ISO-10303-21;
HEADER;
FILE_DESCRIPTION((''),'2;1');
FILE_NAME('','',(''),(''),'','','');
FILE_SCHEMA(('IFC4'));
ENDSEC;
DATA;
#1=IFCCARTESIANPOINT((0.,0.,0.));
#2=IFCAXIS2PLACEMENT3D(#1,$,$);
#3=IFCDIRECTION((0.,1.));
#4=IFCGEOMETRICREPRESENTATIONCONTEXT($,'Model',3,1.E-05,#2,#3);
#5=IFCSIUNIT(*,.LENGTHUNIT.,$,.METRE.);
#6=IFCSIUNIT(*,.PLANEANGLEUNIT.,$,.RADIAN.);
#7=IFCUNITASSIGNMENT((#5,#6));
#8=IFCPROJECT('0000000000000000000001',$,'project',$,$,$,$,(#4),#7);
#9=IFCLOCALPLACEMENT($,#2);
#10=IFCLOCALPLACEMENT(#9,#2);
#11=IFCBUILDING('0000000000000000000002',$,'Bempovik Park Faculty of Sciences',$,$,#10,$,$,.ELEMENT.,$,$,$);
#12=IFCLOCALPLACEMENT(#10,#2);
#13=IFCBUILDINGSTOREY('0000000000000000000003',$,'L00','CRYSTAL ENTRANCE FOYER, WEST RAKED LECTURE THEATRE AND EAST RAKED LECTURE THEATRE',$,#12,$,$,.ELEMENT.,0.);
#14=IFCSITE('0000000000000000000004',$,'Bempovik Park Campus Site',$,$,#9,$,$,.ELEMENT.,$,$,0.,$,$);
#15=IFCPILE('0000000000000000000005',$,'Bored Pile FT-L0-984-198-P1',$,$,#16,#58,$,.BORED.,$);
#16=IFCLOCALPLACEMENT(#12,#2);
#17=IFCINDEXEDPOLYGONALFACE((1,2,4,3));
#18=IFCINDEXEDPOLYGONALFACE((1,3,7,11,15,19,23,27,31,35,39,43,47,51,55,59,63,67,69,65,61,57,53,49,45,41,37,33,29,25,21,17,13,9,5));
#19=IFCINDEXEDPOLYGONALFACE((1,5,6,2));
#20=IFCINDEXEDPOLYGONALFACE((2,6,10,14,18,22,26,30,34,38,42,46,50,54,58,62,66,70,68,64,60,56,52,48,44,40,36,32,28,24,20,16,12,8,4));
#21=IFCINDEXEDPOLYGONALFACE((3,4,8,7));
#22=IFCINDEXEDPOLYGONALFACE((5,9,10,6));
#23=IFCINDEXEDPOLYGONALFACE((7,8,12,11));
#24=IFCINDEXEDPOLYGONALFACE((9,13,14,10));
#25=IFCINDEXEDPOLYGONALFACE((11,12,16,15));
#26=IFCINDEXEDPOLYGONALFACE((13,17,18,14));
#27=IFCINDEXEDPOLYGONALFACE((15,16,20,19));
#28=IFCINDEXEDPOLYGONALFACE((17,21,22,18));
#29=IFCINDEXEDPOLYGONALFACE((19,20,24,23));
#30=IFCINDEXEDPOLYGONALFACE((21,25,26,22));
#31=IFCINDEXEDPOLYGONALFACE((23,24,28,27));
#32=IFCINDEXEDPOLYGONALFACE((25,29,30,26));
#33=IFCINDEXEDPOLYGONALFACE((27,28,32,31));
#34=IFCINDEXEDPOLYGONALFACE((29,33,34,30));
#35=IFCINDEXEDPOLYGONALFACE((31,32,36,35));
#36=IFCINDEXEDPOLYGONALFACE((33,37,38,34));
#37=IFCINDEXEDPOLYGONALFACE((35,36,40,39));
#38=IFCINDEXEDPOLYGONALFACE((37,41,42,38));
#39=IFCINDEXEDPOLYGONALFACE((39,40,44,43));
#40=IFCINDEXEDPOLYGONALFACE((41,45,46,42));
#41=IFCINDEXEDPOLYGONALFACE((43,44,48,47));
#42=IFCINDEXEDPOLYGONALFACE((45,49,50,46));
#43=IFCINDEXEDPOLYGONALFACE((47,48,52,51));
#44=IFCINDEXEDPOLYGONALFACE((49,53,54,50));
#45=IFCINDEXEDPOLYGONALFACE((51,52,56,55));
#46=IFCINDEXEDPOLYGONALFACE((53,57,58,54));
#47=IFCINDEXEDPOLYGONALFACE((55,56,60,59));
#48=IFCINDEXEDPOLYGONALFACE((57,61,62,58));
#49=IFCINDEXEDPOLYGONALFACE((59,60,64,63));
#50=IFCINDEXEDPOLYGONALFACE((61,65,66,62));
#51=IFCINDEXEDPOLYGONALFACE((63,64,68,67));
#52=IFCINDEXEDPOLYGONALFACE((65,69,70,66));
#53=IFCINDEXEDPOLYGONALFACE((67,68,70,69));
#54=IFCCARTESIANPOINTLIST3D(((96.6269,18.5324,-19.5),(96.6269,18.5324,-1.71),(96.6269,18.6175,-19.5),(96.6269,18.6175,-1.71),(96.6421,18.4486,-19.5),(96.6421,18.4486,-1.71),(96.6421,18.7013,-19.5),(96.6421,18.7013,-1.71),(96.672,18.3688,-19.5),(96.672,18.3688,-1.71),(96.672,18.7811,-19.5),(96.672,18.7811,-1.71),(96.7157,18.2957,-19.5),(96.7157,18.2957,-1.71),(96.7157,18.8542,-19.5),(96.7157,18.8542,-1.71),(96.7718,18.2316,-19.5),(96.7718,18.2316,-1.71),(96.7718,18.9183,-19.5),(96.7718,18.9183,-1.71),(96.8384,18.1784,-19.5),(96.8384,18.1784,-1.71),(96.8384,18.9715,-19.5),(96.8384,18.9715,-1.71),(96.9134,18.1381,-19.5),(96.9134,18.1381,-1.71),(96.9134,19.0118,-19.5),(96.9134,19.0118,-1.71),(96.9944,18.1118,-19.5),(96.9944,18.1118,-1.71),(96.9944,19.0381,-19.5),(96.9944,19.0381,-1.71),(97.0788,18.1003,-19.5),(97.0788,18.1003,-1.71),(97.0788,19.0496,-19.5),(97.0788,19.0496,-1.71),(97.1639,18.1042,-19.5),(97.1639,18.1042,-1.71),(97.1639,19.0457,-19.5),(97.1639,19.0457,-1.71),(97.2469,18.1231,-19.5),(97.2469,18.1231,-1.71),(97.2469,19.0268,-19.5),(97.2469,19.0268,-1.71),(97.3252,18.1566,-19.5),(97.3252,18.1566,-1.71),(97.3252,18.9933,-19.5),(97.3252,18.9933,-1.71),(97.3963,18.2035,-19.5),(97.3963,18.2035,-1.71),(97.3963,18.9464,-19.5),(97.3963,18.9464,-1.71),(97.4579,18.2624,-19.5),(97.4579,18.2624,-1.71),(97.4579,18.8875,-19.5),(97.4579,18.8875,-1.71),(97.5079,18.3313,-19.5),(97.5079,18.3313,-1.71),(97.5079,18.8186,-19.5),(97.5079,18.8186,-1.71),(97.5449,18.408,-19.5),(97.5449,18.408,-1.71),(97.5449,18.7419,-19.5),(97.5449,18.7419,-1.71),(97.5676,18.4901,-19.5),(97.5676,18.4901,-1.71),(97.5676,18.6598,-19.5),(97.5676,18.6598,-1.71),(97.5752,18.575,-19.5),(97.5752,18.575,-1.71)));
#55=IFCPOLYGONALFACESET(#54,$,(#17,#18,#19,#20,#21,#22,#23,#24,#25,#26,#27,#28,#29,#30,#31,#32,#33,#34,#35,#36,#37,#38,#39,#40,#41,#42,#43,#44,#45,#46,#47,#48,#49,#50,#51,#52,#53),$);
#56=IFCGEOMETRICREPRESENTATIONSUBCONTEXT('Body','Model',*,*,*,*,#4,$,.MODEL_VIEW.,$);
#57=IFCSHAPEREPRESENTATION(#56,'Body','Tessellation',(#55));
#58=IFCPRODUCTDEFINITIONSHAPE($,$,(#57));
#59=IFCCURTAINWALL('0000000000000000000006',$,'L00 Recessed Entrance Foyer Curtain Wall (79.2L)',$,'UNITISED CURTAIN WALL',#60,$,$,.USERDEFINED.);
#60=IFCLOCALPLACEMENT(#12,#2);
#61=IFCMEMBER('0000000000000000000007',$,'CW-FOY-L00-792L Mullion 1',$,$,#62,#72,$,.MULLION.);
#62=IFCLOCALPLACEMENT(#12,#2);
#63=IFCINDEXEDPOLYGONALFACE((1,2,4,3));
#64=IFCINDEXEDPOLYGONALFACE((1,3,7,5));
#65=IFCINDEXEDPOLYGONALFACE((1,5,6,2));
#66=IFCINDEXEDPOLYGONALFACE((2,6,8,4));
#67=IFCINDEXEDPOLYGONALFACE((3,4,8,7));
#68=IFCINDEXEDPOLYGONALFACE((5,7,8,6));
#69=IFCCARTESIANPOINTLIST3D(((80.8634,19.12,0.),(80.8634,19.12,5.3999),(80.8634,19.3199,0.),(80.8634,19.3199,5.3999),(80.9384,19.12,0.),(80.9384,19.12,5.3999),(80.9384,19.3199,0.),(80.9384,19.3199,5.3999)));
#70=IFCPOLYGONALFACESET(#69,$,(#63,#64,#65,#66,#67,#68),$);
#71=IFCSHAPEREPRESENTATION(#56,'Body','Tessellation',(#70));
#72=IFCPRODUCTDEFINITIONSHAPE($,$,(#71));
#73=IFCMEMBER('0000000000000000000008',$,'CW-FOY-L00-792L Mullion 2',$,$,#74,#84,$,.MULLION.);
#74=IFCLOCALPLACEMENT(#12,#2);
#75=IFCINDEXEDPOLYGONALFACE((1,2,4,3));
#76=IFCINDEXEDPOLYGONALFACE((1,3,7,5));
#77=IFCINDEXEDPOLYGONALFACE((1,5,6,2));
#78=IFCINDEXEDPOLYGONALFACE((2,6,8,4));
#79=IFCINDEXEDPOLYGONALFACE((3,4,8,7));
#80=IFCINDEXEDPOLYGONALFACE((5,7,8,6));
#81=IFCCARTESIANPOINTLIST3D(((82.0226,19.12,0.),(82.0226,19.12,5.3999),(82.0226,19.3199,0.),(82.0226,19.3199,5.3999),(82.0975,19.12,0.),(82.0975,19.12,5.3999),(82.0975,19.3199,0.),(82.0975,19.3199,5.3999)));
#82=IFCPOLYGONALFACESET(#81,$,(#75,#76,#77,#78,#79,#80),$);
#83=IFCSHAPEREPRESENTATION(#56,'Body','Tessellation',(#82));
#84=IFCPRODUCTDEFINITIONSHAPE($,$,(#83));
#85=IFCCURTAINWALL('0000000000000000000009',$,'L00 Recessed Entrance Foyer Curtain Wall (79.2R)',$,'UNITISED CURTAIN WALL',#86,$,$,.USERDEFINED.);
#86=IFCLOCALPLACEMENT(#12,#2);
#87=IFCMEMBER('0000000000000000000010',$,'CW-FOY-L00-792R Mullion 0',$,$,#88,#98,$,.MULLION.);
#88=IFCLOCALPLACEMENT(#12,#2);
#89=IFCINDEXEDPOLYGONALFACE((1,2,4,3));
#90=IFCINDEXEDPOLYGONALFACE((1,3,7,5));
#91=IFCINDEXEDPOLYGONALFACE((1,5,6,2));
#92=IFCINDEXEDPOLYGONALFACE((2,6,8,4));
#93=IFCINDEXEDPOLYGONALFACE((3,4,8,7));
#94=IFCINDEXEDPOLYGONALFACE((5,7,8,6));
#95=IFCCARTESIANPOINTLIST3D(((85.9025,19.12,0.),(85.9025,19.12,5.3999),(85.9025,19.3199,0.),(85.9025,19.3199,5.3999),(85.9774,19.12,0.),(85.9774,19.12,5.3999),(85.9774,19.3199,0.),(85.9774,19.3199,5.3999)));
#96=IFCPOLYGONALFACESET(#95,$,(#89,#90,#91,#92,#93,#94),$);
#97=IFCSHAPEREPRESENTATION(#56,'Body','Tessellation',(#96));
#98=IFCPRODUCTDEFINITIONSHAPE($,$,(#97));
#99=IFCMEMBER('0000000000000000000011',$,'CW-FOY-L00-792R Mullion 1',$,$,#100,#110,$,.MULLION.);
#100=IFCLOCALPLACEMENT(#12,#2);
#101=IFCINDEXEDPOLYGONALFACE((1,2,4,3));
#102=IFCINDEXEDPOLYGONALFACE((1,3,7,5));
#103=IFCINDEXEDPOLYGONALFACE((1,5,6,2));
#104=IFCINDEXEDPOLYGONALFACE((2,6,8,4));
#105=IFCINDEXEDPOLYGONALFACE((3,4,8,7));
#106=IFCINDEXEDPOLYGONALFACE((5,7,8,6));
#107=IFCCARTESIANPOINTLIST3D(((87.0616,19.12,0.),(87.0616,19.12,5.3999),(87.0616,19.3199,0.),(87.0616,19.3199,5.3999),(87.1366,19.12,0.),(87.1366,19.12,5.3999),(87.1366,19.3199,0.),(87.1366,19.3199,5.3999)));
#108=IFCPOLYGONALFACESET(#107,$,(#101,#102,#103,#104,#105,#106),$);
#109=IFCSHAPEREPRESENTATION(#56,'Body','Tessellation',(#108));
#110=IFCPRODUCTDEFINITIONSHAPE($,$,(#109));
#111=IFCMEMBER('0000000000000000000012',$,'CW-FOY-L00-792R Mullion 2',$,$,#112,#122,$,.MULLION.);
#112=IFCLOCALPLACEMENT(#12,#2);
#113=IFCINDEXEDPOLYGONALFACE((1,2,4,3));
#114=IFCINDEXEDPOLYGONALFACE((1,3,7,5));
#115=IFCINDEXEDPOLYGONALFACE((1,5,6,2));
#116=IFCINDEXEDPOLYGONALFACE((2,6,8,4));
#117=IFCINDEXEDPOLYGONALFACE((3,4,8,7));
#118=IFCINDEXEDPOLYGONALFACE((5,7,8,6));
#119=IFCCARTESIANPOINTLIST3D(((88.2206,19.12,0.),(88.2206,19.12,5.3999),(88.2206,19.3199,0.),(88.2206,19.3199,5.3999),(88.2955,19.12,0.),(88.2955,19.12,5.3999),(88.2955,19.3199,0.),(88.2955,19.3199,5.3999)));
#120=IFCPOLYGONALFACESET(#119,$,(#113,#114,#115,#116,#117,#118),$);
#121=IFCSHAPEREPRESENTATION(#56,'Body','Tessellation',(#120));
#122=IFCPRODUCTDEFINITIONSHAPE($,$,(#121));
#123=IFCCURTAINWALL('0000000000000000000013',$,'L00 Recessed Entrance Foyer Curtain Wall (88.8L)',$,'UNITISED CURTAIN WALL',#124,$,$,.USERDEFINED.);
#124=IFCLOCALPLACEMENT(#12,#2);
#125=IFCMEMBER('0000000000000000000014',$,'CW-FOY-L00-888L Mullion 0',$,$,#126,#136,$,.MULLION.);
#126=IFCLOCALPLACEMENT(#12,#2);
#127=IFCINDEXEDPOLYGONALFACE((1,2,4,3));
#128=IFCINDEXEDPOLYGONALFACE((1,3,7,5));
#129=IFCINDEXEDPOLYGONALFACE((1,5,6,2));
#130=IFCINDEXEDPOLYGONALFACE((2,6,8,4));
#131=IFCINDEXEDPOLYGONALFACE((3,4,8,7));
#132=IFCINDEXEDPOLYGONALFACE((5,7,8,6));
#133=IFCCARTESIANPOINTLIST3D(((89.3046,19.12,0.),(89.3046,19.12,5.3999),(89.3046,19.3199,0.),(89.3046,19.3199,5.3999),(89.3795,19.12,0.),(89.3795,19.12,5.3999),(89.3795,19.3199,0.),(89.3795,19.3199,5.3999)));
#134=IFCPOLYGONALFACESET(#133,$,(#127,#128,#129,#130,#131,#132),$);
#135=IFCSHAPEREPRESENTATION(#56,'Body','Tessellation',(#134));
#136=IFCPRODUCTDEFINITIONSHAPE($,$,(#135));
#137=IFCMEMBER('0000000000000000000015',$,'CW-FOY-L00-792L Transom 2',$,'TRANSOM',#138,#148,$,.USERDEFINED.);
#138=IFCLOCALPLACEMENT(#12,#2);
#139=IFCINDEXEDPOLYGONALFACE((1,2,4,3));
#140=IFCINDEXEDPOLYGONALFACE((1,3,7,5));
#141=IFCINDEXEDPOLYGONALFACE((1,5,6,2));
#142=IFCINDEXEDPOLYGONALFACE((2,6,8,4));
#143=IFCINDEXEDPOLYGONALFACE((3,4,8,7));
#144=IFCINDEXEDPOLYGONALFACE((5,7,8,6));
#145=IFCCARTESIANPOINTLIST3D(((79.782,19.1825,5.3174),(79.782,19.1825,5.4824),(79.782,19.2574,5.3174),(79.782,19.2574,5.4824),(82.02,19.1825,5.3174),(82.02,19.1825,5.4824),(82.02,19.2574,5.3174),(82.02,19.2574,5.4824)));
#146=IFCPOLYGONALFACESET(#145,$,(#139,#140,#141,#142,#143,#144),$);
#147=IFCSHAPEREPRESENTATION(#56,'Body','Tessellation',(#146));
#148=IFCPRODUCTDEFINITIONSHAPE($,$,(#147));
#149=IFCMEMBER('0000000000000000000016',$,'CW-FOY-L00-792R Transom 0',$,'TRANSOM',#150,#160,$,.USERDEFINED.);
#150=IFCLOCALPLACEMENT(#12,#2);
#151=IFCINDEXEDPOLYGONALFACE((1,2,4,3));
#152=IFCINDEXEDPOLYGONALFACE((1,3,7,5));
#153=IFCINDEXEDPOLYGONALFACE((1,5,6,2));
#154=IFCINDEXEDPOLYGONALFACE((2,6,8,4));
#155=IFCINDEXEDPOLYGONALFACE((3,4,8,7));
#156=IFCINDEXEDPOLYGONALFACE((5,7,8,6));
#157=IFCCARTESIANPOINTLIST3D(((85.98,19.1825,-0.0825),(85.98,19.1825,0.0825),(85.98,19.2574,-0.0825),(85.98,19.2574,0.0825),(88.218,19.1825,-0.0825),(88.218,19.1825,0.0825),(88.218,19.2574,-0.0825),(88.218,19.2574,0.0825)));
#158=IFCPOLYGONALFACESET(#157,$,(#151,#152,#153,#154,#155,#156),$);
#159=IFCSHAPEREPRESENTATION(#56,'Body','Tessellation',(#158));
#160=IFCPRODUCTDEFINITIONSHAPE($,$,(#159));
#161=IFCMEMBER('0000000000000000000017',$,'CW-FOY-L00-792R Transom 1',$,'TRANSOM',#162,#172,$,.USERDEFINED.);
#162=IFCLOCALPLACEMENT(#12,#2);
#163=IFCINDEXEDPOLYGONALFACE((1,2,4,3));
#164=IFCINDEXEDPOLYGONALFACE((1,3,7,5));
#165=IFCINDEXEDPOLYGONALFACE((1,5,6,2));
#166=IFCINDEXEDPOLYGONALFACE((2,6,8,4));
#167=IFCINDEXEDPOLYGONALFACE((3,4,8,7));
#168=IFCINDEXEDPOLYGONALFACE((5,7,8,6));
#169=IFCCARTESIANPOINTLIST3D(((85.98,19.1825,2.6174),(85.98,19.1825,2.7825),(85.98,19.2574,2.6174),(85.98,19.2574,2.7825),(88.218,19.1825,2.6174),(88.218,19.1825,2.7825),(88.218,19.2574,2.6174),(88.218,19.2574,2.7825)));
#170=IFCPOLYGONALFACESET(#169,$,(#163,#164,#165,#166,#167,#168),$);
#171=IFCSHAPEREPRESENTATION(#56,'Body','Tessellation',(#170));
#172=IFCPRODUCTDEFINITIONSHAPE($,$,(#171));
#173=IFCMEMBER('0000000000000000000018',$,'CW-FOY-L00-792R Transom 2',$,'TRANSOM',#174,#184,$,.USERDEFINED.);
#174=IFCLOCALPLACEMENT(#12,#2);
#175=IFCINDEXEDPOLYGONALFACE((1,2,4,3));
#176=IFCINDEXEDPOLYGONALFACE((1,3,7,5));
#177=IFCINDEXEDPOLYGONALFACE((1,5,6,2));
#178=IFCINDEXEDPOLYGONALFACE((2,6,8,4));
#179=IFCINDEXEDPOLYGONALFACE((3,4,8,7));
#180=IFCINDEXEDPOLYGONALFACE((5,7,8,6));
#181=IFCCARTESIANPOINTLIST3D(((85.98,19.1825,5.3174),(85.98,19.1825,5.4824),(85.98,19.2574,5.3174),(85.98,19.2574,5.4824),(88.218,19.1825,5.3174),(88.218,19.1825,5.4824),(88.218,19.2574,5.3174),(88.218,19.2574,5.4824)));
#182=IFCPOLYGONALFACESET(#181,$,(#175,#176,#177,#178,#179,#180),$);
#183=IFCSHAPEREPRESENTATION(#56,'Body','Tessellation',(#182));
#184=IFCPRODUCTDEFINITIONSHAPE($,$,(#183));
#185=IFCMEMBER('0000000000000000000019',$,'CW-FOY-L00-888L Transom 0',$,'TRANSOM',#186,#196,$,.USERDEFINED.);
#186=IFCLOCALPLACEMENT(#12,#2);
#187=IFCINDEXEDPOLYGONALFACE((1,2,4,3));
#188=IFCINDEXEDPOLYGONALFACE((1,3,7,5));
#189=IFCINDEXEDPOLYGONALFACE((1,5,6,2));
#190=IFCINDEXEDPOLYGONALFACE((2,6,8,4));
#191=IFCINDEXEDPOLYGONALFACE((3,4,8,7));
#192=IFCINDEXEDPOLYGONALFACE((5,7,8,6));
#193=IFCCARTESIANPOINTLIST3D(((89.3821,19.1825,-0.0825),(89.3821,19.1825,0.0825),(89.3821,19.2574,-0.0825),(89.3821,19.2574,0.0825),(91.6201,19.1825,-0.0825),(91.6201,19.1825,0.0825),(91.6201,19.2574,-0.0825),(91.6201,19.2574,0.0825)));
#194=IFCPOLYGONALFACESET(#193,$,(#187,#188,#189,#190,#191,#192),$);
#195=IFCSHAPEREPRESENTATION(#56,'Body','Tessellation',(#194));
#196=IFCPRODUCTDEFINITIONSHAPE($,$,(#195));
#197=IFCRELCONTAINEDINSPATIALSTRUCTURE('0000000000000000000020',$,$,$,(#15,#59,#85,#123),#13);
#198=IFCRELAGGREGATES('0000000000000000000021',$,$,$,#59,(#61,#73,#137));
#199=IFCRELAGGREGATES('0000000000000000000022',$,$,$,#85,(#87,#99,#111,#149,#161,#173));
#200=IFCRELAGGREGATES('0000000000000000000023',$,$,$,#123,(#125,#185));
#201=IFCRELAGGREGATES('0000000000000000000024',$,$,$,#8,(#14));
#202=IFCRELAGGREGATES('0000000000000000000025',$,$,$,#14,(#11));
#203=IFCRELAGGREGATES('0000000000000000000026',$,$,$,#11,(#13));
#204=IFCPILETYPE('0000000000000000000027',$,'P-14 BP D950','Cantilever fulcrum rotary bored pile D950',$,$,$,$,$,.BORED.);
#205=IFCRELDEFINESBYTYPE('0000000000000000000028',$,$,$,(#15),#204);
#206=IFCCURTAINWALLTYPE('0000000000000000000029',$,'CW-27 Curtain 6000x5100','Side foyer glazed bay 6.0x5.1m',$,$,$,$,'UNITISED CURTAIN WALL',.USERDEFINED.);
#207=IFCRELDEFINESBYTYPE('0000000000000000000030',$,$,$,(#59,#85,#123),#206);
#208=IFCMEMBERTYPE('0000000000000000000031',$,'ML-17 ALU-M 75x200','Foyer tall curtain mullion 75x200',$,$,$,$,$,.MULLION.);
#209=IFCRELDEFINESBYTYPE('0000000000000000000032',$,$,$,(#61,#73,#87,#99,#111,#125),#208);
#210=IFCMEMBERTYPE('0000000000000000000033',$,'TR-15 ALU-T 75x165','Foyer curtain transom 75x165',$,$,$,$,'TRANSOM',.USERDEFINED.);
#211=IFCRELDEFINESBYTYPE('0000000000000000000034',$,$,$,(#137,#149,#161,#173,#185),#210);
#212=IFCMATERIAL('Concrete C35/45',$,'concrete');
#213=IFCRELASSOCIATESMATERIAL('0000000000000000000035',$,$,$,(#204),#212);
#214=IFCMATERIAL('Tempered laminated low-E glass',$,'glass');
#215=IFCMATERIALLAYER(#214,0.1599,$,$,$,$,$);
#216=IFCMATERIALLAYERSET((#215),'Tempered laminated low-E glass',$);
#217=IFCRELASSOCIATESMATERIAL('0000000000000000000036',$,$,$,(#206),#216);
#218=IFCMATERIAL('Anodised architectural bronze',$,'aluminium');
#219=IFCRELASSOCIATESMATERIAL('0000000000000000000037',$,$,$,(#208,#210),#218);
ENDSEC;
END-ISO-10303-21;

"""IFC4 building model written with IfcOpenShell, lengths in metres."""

from ifc_helpers import new_model, si_unit, direction, frame, origin, origin_2d, place, context, subcontext, project, spatial, rectangle, circle, extrude, material, layer, layer_set, material_profile, profile_set, type_object, element, aggregate, save


model = new_model("IFC4")

# Units and contexts
model_context = context("Model", 3, precision=1e-05, world=origin(), true_north=direction((0.0, 1.0)))
body_context = subcontext(model_context, "Body", "Model", "MODEL_VIEW")
ifc_project = project(units=[si_unit("LENGTHUNIT", "METRE"), si_unit("PLANEANGLEUNIT", "RADIAN")], contexts=[model_context])

# Site, building, storey
site_placement = place(None, origin())
site = spatial("IfcSite", under=ifc_project, at=site_placement, Name="Bempovik Park Campus Site", CompositionType="ELEMENT", RefElevation=0.0)
building_placement = place(site_placement, origin())
building = spatial("IfcBuilding", under=site, at=building_placement, Name="Bempovik Park Faculty of Sciences", CompositionType="ELEMENT")
storey_placement = place(building_placement, origin())
storey = spatial("IfcBuildingStorey", under=building, at=storey_placement, Name="L00", Description="CRYSTAL ENTRANCE FOYER, WEST RAKED LECTURE THEATRE AND EAST RAKED LECTURE THEATRE", CompositionType="ELEMENT", Elevation=0.0)

# Shared definitions
ifc_material_1 = material(Name="Concrete C35/45", Category="concrete")

# Pile
ifc_material_profile_1 = material_profile(ifc_material_1, circle(Radius=0.4751, at=origin_2d()), Name="BP D950")
ifc_profile_set_1 = profile_set([ifc_material_profile_1], Name="Concrete C35/45")
pile_type = type_object("IfcPileType", Name="P-14 BP D950", Description="Cantilever fulcrum rotary bored pile D950", PredefinedType="BORED", material=ifc_profile_set_1)
for number, where, z_axis, x_axis, name in (
    (1, (97.1001, 18.575, -1.71), (0.0, 0.0, -1.0), (1.0, 0.0, 0.0), "Bored Pile FT-L0-984-198-P1"),
):
    element("IfcPile", number, at=place(storey_placement, frame(where, z_axis=z_axis, x_axis=x_axis)), inside=storey, type_object=pile_type, Name=name, PredefinedType="BORED", context=body_context, shape_type="SweptSolid", body=[
        extrude(circle(Radius=0.4751, at=origin_2d()), origin(), (0.0, 0.0, 1.0), 17.79),
    ])

# Curtain walls, members
ifc_material_2 = material(Name="Tempered laminated low-E glass", Category="glass")
ifc_layer_1 = layer(ifc_material_2, 0.1599)
ifc_layer_set_1 = layer_set([ifc_layer_1], Name="Tempered laminated low-E glass")
curtain_wall_type = type_object("IfcCurtainWallType", Name="CW-27 Curtain 6000x5100", Description="Side foyer glazed bay 6.0x5.1m", ElementType="UNITISED CURTAIN WALL", PredefinedType="USERDEFINED", material=ifc_layer_set_1)
curtain_wall_1_placement = place(storey_placement, origin())
curtain_wall_1 = element("IfcCurtainWall", 2, at=curtain_wall_1_placement, inside=storey, type_object=curtain_wall_type, Name="L00 Recessed Entrance Foyer Curtain Wall (79.2L)", ObjectType="UNITISED CURTAIN WALL", PredefinedType="USERDEFINED")
ifc_material_3 = material(Name="Anodised architectural bronze", Category="aluminium")
ifc_material_profile_2 = material_profile(ifc_material_3, rectangle(XDim=0.075, YDim=0.2, at=origin_2d()), Name="ALU-M 75x200")
ifc_profile_set_2 = profile_set([ifc_material_profile_2], Name="Anodised architectural bronze")
member_type_1 = type_object("IfcMemberType", Name="ML-17 ALU-M 75x200", Description="Foyer tall curtain mullion 75x200", PredefinedType="MULLION", material=ifc_profile_set_2)
member_1_placement = place(storey_placement, frame((80.9009, 19.22, 0.0), z_axis=(0.0, 0.0, 1.0), x_axis=(1.0, 0.0, 0.0)))
member_1 = element("IfcMember", 3, at=member_1_placement, type_object=member_type_1, Name="CW-FOY-L00-792L Mullion 1", PredefinedType="MULLION", context=body_context, shape_type="SweptSolid", body=[
    extrude(rectangle(XDim=0.075, YDim=0.2, at=origin_2d()), origin(), (0.0, 0.0, 1.0), 5.3999),
])
member_2_placement = place(storey_placement, frame((82.0601, 19.22, 0.0), z_axis=(0.0, 0.0, 1.0), x_axis=(1.0, 0.0, 0.0)))
member_2 = element("IfcMember", 4, at=member_2_placement, type_object=member_type_1, Name="CW-FOY-L00-792L Mullion 2", PredefinedType="MULLION", context=body_context, shape_type="SweptSolid", body=[
    extrude(rectangle(XDim=0.075, YDim=0.2, at=origin_2d()), origin(), (0.0, 0.0, 1.0), 5.3999),
])
curtain_wall_2_placement = place(storey_placement, origin())
curtain_wall_2 = element("IfcCurtainWall", 5, at=curtain_wall_2_placement, inside=storey, type_object=curtain_wall_type, Name="L00 Recessed Entrance Foyer Curtain Wall (79.2R)", ObjectType="UNITISED CURTAIN WALL", PredefinedType="USERDEFINED")
member_3_placement = place(storey_placement, frame((85.9399, 19.22, 0.0), z_axis=(0.0, 0.0, 1.0), x_axis=(1.0, 0.0, 0.0)))
member_3 = element("IfcMember", 6, at=member_3_placement, type_object=member_type_1, Name="CW-FOY-L00-792R Mullion 0", PredefinedType="MULLION", context=body_context, shape_type="SweptSolid", body=[
    extrude(rectangle(XDim=0.075, YDim=0.2, at=origin_2d()), origin(), (0.0, 0.0, 1.0), 5.3999),
])
member_4_placement = place(storey_placement, frame((87.0991, 19.22, 0.0), z_axis=(0.0, 0.0, 1.0), x_axis=(1.0, 0.0, 0.0)))
member_4 = element("IfcMember", 7, at=member_4_placement, type_object=member_type_1, Name="CW-FOY-L00-792R Mullion 1", PredefinedType="MULLION", context=body_context, shape_type="SweptSolid", body=[
    extrude(rectangle(XDim=0.075, YDim=0.2, at=origin_2d()), origin(), (0.0, 0.0, 1.0), 5.3999),
])
member_5_placement = place(storey_placement, frame((88.2581, 19.22, 0.0), z_axis=(0.0, 0.0, 1.0), x_axis=(1.0, 0.0, 0.0)))
member_5 = element("IfcMember", 8, at=member_5_placement, type_object=member_type_1, Name="CW-FOY-L00-792R Mullion 2", PredefinedType="MULLION", context=body_context, shape_type="SweptSolid", body=[
    extrude(rectangle(XDim=0.075, YDim=0.2, at=origin_2d()), origin(), (0.0, 0.0, 1.0), 5.3999),
])

# Curtain wall, member
curtain_wall_3_placement = place(storey_placement, origin())
curtain_wall_3 = element("IfcCurtainWall", 9, at=curtain_wall_3_placement, inside=storey, type_object=curtain_wall_type, Name="L00 Recessed Entrance Foyer Curtain Wall (88.8L)", ObjectType="UNITISED CURTAIN WALL", PredefinedType="USERDEFINED")
member_6_placement = place(storey_placement, frame((89.342, 19.22, 0.0), z_axis=(0.0, 0.0, 1.0), x_axis=(1.0, 0.0, 0.0)))
member_6 = element("IfcMember", 10, at=member_6_placement, type_object=member_type_1, Name="CW-FOY-L00-888L Mullion 0", PredefinedType="MULLION", context=body_context, shape_type="SweptSolid", body=[
    extrude(rectangle(XDim=0.075, YDim=0.2, at=origin_2d()), origin(), (0.0, 0.0, 1.0), 5.3999),
])

# Members
ifc_material_profile_3 = material_profile(ifc_material_3, rectangle(XDim=0.075, YDim=0.165, at=origin_2d()), Name="ALU-T 75x165")
ifc_profile_set_3 = profile_set([ifc_material_profile_3], Name="Anodised architectural bronze")
member_type_2 = type_object("IfcMemberType", Name="TR-15 ALU-T 75x165", Description="Foyer curtain transom 75x165", ElementType="TRANSOM", PredefinedType="USERDEFINED", material=ifc_profile_set_3)
member_7_placement = place(storey_placement, frame((79.782, 19.22, 5.3999), z_axis=(1.0, 0.0, 0.0), x_axis=(0.0, 1.0, 0.0)))
member_7 = element("IfcMember", 11, at=member_7_placement, type_object=member_type_2, Name="CW-FOY-L00-792L Transom 2", ObjectType="TRANSOM", PredefinedType="USERDEFINED", context=body_context, shape_type="SweptSolid", body=[
    extrude(rectangle(XDim=0.075, YDim=0.165, at=origin_2d()), origin(), (0.0, 0.0, 1.0), 2.238),
])
member_8_placement = place(storey_placement, frame((85.98, 19.22, 0.0), z_axis=(1.0, 0.0, 0.0), x_axis=(0.0, 1.0, 0.0)))
member_8 = element("IfcMember", 12, at=member_8_placement, type_object=member_type_2, Name="CW-FOY-L00-792R Transom 0", ObjectType="TRANSOM", PredefinedType="USERDEFINED", context=body_context, shape_type="SweptSolid", body=[
    extrude(rectangle(XDim=0.075, YDim=0.165, at=origin_2d()), origin(), (0.0, 0.0, 1.0), 2.238),
])
member_9_placement = place(storey_placement, frame((85.98, 19.22, 2.7), z_axis=(1.0, 0.0, 0.0), x_axis=(0.0, 1.0, 0.0)))
member_9 = element("IfcMember", 13, at=member_9_placement, type_object=member_type_2, Name="CW-FOY-L00-792R Transom 1", ObjectType="TRANSOM", PredefinedType="USERDEFINED", context=body_context, shape_type="SweptSolid", body=[
    extrude(rectangle(XDim=0.075, YDim=0.165, at=origin_2d()), origin(), (0.0, 0.0, 1.0), 2.238),
])
member_10_placement = place(storey_placement, frame((85.98, 19.22, 5.3999), z_axis=(1.0, 0.0, 0.0), x_axis=(0.0, 1.0, 0.0)))
member_10 = element("IfcMember", 14, at=member_10_placement, type_object=member_type_2, Name="CW-FOY-L00-792R Transom 2", ObjectType="TRANSOM", PredefinedType="USERDEFINED", context=body_context, shape_type="SweptSolid", body=[
    extrude(rectangle(XDim=0.075, YDim=0.165, at=origin_2d()), origin(), (0.0, 0.0, 1.0), 2.238),
])
member_11_placement = place(storey_placement, frame((89.3821, 19.22, 0.0), z_axis=(1.0, 0.0, 0.0), x_axis=(0.0, 1.0, 0.0)))
member_11 = element("IfcMember", 15, at=member_11_placement, type_object=member_type_2, Name="CW-FOY-L00-888L Transom 0", ObjectType="TRANSOM", PredefinedType="USERDEFINED", context=body_context, shape_type="SweptSolid", body=[
    extrude(rectangle(XDim=0.075, YDim=0.165, at=origin_2d()), origin(), (0.0, 0.0, 1.0), 2.238),
])

aggregate(curtain_wall_1, [member_1, member_2, member_7])
aggregate(curtain_wall_2, [member_3, member_4, member_5, member_8, member_9, member_10])
aggregate(curtain_wall_3, [member_6, member_11])

save(model, "model.ifc")
